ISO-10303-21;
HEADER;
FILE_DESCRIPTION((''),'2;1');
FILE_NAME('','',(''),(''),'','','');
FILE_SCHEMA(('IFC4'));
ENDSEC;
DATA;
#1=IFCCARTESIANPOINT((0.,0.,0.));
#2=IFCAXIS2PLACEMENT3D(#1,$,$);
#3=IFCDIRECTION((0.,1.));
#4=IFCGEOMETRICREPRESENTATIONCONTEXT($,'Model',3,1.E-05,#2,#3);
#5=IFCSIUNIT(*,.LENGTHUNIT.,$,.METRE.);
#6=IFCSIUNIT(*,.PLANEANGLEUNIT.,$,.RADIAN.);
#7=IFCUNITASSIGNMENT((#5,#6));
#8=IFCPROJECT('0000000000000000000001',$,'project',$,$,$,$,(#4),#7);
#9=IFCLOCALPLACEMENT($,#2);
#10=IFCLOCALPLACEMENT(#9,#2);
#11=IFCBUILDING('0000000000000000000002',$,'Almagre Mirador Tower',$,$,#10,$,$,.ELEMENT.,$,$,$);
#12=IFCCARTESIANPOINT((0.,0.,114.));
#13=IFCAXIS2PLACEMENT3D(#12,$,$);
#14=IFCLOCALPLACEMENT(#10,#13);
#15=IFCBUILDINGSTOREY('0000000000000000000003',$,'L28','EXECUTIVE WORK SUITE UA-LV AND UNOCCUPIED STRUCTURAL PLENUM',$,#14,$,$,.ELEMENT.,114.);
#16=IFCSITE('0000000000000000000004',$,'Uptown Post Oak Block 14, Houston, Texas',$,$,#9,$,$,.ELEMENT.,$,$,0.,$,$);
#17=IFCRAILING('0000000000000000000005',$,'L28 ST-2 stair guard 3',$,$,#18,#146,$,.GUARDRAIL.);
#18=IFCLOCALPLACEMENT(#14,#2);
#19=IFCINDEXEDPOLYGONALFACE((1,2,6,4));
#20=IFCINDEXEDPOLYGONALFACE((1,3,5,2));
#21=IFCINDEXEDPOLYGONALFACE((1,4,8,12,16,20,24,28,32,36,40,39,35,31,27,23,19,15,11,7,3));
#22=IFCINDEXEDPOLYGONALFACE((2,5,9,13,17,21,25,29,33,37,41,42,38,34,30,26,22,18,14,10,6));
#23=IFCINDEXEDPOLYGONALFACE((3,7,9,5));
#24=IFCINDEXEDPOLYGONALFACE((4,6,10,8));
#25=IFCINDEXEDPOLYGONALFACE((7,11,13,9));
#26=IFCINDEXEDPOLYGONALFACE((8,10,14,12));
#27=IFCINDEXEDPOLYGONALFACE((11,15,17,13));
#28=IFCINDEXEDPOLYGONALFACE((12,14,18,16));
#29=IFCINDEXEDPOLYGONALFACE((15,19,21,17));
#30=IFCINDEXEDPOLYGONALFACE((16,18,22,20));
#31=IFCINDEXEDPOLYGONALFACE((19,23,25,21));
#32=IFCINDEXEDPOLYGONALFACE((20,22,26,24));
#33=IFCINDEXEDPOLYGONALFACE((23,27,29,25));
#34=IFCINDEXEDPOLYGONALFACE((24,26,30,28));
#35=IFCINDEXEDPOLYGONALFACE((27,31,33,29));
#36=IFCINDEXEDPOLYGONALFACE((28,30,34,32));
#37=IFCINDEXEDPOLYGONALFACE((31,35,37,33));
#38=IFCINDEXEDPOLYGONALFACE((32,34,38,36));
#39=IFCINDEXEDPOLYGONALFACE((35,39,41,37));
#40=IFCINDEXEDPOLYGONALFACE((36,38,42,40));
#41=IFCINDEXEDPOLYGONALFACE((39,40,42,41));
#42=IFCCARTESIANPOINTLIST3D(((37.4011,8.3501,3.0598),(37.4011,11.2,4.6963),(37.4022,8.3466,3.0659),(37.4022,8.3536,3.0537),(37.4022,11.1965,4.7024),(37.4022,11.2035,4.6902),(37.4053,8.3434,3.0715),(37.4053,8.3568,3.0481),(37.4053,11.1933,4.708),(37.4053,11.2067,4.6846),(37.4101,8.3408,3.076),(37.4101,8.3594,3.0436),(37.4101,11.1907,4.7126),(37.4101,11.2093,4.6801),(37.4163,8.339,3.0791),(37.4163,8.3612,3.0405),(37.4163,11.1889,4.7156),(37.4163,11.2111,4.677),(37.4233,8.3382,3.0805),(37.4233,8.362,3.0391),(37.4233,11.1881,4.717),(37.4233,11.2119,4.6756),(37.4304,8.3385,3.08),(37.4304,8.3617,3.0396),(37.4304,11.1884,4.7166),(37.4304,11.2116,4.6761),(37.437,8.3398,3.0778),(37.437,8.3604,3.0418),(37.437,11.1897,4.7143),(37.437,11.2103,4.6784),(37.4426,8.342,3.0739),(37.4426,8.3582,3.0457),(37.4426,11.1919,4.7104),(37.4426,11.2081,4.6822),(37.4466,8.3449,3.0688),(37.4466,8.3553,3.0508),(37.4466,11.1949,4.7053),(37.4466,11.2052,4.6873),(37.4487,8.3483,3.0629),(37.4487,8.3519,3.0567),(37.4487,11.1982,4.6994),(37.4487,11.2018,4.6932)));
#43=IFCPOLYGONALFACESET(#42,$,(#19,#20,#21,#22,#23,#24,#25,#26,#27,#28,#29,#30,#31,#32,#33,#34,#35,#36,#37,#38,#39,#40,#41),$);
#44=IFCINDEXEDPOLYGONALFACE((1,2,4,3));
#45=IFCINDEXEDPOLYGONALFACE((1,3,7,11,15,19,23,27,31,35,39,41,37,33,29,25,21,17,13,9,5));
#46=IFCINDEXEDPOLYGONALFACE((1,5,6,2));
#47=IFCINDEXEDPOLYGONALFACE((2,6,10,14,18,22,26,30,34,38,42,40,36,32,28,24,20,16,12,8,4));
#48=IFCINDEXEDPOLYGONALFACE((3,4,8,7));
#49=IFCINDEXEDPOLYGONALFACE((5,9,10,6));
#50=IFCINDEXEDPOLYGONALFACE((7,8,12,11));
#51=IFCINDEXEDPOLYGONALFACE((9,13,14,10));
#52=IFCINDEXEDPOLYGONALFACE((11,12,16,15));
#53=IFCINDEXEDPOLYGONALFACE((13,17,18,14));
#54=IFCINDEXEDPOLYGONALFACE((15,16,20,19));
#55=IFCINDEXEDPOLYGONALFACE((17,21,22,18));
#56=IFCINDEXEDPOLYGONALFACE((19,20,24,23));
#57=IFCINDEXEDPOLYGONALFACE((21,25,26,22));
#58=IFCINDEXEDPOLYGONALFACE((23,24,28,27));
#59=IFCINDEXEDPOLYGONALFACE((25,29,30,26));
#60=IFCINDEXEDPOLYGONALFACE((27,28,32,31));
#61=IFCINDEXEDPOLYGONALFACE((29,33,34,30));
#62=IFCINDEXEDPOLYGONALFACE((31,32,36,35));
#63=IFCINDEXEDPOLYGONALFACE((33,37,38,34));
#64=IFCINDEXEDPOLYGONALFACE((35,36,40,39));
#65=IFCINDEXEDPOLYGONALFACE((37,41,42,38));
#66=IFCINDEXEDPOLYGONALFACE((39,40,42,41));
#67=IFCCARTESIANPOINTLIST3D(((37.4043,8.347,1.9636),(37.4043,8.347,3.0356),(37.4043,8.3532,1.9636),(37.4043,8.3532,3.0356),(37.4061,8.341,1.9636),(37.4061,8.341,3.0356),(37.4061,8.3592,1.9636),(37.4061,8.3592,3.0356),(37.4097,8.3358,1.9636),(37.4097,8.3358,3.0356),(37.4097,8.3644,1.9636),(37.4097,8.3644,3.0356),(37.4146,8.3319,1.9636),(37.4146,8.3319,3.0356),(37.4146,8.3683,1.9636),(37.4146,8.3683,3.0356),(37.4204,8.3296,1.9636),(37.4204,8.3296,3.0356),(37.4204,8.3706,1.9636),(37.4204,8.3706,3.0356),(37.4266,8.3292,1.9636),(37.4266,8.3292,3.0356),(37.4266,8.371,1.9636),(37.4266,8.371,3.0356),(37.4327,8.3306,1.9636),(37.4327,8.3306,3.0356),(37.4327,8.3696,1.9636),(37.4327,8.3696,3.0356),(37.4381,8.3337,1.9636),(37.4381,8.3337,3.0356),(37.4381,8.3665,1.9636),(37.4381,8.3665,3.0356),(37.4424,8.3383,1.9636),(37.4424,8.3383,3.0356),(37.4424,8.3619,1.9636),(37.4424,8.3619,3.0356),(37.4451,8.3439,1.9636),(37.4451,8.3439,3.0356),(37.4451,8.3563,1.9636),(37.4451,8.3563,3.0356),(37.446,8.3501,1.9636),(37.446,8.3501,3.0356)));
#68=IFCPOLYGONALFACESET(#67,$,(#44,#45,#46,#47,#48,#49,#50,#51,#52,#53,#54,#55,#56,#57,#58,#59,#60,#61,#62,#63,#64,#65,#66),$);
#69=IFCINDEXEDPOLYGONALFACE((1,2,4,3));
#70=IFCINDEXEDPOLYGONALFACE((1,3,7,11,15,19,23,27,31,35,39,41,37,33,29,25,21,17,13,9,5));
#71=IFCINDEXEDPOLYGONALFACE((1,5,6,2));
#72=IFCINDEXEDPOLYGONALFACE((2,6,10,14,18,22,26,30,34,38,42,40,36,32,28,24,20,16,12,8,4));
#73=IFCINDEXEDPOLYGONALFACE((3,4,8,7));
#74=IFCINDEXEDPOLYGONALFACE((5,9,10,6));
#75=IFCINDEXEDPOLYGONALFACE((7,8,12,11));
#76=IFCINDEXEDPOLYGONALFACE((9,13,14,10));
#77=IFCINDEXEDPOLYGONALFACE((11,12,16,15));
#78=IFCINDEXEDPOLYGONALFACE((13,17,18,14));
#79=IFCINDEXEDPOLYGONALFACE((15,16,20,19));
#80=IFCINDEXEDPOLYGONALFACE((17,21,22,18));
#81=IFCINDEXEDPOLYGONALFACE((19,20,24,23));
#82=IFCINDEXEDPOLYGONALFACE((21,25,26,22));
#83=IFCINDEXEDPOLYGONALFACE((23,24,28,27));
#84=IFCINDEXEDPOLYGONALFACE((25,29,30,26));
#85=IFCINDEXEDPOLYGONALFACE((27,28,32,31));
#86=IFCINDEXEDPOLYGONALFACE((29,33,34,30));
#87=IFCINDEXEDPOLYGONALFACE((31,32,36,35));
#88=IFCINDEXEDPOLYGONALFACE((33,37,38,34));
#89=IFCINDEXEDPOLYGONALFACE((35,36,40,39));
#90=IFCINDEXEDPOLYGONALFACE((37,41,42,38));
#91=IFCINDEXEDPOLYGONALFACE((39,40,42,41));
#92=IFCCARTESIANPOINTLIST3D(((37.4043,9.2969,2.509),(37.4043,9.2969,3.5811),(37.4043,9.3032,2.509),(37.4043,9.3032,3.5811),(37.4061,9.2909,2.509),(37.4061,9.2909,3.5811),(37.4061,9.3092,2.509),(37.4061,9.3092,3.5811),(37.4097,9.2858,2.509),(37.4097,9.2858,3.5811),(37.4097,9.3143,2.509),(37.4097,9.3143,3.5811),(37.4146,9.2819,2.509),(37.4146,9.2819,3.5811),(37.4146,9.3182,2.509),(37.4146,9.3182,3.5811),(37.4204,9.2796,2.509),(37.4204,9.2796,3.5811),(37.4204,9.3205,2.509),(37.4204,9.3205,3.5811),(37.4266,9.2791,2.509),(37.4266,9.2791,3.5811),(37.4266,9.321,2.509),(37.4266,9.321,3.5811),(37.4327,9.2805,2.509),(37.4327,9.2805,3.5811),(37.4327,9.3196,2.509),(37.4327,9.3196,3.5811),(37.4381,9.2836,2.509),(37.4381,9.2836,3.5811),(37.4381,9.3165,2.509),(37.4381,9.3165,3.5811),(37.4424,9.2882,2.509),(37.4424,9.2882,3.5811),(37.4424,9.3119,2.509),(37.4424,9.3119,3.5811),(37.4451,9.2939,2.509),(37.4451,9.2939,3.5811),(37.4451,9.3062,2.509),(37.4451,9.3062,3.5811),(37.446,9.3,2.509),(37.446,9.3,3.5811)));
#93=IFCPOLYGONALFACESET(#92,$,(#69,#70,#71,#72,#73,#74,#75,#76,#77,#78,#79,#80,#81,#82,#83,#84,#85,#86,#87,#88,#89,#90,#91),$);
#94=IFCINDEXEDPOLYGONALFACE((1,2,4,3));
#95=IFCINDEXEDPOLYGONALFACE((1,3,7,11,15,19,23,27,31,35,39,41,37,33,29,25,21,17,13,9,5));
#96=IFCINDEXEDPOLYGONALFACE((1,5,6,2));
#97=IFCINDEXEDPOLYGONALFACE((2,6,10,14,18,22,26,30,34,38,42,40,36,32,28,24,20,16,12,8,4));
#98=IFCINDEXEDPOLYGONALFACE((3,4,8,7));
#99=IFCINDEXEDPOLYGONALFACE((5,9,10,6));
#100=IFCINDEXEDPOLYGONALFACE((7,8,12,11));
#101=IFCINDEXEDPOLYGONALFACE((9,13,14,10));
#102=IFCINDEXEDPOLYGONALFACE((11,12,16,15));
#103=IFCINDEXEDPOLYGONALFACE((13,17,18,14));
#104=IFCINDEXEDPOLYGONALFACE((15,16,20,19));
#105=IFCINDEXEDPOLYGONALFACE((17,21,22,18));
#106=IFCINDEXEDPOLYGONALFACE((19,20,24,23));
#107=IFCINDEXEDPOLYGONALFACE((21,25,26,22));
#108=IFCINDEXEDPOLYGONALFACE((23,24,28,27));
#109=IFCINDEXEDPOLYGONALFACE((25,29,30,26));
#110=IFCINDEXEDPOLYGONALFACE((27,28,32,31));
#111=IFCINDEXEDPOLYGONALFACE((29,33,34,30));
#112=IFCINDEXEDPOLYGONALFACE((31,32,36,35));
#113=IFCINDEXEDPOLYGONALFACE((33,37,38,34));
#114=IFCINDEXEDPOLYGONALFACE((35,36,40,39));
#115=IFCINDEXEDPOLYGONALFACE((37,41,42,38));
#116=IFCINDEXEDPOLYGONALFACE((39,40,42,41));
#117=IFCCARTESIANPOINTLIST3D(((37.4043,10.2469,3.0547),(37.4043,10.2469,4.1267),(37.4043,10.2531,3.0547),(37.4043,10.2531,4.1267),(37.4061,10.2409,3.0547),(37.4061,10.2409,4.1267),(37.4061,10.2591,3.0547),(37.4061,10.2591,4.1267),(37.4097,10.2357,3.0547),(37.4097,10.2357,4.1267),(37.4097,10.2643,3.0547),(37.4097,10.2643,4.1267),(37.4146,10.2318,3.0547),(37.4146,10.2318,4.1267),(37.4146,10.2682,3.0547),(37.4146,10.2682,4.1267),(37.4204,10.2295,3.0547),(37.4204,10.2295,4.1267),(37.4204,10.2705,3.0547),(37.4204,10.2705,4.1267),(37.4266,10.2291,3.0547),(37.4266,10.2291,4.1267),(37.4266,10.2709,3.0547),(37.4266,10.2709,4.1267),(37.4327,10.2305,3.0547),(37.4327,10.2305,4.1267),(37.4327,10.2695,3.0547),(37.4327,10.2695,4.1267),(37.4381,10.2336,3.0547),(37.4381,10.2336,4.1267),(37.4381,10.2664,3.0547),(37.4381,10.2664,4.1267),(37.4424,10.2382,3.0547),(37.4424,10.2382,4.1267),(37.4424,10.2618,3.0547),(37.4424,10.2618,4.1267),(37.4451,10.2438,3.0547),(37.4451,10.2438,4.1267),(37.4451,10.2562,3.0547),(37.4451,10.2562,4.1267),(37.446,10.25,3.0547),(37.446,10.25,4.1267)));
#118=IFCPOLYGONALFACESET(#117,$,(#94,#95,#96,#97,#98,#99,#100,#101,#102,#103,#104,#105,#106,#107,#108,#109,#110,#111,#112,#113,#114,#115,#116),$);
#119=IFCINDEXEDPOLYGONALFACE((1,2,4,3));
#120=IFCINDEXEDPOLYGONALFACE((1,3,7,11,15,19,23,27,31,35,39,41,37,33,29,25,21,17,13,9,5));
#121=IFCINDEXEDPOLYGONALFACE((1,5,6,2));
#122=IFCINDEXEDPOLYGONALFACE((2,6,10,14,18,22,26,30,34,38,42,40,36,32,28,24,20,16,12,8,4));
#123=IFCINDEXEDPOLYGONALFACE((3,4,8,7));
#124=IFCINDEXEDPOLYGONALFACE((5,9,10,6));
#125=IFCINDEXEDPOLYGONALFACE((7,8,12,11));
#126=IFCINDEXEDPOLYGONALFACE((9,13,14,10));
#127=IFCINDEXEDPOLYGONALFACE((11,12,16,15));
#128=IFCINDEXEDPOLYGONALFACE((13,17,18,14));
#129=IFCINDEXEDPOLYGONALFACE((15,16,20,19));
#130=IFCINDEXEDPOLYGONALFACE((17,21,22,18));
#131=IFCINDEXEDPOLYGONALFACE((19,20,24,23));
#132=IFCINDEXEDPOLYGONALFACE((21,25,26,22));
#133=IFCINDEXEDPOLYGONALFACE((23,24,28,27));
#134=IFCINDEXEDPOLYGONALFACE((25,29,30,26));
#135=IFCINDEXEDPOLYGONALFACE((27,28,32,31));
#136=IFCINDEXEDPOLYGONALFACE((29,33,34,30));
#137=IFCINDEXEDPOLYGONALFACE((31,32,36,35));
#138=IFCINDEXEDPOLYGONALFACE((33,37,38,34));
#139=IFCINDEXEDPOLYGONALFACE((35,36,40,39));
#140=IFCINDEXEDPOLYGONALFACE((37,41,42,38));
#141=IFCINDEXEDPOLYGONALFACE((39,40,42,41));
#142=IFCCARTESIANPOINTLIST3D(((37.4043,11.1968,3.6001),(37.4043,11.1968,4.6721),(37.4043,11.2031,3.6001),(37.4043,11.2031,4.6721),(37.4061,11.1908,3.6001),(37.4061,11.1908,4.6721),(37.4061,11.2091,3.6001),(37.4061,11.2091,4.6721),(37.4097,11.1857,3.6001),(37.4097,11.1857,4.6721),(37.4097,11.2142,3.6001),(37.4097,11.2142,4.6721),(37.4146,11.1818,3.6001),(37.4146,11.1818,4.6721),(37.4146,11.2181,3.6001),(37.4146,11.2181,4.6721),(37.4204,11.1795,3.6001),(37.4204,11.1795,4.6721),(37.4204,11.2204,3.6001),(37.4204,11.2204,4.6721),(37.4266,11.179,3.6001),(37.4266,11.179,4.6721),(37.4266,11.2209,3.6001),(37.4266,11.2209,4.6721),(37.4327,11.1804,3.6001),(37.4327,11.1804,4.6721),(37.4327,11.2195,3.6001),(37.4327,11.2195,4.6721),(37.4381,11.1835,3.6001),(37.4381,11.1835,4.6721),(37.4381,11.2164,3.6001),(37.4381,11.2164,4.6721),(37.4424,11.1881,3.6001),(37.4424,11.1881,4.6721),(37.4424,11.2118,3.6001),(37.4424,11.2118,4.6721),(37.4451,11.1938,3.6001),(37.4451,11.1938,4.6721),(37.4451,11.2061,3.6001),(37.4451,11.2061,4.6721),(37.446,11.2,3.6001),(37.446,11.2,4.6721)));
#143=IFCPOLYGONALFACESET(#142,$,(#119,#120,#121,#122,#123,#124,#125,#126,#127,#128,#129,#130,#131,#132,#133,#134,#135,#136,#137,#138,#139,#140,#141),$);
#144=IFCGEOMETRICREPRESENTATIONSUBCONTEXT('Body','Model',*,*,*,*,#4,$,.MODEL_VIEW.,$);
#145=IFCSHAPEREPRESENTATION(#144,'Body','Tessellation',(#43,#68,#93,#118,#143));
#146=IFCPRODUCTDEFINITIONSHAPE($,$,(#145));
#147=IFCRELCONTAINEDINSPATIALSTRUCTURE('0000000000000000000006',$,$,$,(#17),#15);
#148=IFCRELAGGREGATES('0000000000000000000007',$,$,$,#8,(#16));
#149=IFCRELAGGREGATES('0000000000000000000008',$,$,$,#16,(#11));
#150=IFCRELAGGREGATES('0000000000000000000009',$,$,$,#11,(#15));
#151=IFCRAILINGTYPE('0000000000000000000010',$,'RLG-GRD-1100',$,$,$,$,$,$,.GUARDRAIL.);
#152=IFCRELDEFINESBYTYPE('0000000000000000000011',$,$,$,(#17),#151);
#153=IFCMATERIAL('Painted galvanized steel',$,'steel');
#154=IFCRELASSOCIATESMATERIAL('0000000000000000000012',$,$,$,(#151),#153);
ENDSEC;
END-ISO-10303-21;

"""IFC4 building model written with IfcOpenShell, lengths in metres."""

from ifc_helpers import new_model, si_unit, direction, frame, origin, origin_2d, place, context, subcontext, project, spatial, circle, extrude, material, type_object, element, save


model = new_model("IFC4")

# Units and contexts
model_context = context("Model", 3, precision=1e-05, world=origin(), true_north=direction((0.0, 1.0)))
body_context = subcontext(model_context, "Body", "Model", "MODEL_VIEW")
ifc_project = project(units=[si_unit("LENGTHUNIT", "METRE"), si_unit("PLANEANGLEUNIT", "RADIAN")], contexts=[model_context])

# Site, building, storey
site_placement = place(None, origin())
site = spatial("IfcSite", under=ifc_project, at=site_placement, Name="Uptown Post Oak Block 14, Houston, Texas", CompositionType="ELEMENT", RefElevation=0.0)
building_placement = place(site_placement, origin())
building = spatial("IfcBuilding", under=site, at=building_placement, Name="Almagre Mirador Tower", CompositionType="ELEMENT")
storey_placement = place(building_placement, frame((0.0, 0.0, 114.0)))
storey = spatial("IfcBuildingStorey", under=building, at=storey_placement, Name="L28", Description="EXECUTIVE WORK SUITE UA-LV AND UNOCCUPIED STRUCTURAL PLENUM", CompositionType="ELEMENT", Elevation=114.0)

# Railing
ifc_material_1 = material(Name="Painted galvanized steel", Category="steel")
railing_type_1 = type_object("IfcRailingType", Name="RLG-GRD-1100", PredefinedType="GUARDRAIL", material=ifc_material_1)
railing_1_placement = place(storey_placement, frame((37.425, 8.3501, 1.9636)))
element("IfcRailing", 1, at=railing_1_placement, inside=storey, type_object=railing_type_1, Name="L28 ST-2 stair guard 3", PredefinedType="GUARDRAIL", context=body_context, shape_type="SweptSolid", body=[
    extrude(circle(Radius=0.0239, at=origin_2d()), frame((0.0, 0.0, 1.0962), z_axis=(0.0, 0.867194, 0.49797), x_axis=(-1.0, 0.0, 0.0)), (0.0, 0.0, 1.0), 3.2864),
    extrude(circle(Radius=0.021, at=origin_2d()), origin(), (0.0, 0.0, 1.0), 1.072),
    extrude(circle(Radius=0.021, at=origin_2d()), frame((0.0, 0.95, 0.5454)), (0.0, 0.0, 1.0), 1.072),
    extrude(circle(Radius=0.021, at=origin_2d()), frame((0.0, 1.8999, 1.0911)), (0.0, 0.0, 1.0), 1.072),
    extrude(circle(Radius=0.021, at=origin_2d()), frame((0.0, 2.8499, 1.6365)), (0.0, 0.0, 1.0), 1.072),
])

save(model, "model.ifc")
